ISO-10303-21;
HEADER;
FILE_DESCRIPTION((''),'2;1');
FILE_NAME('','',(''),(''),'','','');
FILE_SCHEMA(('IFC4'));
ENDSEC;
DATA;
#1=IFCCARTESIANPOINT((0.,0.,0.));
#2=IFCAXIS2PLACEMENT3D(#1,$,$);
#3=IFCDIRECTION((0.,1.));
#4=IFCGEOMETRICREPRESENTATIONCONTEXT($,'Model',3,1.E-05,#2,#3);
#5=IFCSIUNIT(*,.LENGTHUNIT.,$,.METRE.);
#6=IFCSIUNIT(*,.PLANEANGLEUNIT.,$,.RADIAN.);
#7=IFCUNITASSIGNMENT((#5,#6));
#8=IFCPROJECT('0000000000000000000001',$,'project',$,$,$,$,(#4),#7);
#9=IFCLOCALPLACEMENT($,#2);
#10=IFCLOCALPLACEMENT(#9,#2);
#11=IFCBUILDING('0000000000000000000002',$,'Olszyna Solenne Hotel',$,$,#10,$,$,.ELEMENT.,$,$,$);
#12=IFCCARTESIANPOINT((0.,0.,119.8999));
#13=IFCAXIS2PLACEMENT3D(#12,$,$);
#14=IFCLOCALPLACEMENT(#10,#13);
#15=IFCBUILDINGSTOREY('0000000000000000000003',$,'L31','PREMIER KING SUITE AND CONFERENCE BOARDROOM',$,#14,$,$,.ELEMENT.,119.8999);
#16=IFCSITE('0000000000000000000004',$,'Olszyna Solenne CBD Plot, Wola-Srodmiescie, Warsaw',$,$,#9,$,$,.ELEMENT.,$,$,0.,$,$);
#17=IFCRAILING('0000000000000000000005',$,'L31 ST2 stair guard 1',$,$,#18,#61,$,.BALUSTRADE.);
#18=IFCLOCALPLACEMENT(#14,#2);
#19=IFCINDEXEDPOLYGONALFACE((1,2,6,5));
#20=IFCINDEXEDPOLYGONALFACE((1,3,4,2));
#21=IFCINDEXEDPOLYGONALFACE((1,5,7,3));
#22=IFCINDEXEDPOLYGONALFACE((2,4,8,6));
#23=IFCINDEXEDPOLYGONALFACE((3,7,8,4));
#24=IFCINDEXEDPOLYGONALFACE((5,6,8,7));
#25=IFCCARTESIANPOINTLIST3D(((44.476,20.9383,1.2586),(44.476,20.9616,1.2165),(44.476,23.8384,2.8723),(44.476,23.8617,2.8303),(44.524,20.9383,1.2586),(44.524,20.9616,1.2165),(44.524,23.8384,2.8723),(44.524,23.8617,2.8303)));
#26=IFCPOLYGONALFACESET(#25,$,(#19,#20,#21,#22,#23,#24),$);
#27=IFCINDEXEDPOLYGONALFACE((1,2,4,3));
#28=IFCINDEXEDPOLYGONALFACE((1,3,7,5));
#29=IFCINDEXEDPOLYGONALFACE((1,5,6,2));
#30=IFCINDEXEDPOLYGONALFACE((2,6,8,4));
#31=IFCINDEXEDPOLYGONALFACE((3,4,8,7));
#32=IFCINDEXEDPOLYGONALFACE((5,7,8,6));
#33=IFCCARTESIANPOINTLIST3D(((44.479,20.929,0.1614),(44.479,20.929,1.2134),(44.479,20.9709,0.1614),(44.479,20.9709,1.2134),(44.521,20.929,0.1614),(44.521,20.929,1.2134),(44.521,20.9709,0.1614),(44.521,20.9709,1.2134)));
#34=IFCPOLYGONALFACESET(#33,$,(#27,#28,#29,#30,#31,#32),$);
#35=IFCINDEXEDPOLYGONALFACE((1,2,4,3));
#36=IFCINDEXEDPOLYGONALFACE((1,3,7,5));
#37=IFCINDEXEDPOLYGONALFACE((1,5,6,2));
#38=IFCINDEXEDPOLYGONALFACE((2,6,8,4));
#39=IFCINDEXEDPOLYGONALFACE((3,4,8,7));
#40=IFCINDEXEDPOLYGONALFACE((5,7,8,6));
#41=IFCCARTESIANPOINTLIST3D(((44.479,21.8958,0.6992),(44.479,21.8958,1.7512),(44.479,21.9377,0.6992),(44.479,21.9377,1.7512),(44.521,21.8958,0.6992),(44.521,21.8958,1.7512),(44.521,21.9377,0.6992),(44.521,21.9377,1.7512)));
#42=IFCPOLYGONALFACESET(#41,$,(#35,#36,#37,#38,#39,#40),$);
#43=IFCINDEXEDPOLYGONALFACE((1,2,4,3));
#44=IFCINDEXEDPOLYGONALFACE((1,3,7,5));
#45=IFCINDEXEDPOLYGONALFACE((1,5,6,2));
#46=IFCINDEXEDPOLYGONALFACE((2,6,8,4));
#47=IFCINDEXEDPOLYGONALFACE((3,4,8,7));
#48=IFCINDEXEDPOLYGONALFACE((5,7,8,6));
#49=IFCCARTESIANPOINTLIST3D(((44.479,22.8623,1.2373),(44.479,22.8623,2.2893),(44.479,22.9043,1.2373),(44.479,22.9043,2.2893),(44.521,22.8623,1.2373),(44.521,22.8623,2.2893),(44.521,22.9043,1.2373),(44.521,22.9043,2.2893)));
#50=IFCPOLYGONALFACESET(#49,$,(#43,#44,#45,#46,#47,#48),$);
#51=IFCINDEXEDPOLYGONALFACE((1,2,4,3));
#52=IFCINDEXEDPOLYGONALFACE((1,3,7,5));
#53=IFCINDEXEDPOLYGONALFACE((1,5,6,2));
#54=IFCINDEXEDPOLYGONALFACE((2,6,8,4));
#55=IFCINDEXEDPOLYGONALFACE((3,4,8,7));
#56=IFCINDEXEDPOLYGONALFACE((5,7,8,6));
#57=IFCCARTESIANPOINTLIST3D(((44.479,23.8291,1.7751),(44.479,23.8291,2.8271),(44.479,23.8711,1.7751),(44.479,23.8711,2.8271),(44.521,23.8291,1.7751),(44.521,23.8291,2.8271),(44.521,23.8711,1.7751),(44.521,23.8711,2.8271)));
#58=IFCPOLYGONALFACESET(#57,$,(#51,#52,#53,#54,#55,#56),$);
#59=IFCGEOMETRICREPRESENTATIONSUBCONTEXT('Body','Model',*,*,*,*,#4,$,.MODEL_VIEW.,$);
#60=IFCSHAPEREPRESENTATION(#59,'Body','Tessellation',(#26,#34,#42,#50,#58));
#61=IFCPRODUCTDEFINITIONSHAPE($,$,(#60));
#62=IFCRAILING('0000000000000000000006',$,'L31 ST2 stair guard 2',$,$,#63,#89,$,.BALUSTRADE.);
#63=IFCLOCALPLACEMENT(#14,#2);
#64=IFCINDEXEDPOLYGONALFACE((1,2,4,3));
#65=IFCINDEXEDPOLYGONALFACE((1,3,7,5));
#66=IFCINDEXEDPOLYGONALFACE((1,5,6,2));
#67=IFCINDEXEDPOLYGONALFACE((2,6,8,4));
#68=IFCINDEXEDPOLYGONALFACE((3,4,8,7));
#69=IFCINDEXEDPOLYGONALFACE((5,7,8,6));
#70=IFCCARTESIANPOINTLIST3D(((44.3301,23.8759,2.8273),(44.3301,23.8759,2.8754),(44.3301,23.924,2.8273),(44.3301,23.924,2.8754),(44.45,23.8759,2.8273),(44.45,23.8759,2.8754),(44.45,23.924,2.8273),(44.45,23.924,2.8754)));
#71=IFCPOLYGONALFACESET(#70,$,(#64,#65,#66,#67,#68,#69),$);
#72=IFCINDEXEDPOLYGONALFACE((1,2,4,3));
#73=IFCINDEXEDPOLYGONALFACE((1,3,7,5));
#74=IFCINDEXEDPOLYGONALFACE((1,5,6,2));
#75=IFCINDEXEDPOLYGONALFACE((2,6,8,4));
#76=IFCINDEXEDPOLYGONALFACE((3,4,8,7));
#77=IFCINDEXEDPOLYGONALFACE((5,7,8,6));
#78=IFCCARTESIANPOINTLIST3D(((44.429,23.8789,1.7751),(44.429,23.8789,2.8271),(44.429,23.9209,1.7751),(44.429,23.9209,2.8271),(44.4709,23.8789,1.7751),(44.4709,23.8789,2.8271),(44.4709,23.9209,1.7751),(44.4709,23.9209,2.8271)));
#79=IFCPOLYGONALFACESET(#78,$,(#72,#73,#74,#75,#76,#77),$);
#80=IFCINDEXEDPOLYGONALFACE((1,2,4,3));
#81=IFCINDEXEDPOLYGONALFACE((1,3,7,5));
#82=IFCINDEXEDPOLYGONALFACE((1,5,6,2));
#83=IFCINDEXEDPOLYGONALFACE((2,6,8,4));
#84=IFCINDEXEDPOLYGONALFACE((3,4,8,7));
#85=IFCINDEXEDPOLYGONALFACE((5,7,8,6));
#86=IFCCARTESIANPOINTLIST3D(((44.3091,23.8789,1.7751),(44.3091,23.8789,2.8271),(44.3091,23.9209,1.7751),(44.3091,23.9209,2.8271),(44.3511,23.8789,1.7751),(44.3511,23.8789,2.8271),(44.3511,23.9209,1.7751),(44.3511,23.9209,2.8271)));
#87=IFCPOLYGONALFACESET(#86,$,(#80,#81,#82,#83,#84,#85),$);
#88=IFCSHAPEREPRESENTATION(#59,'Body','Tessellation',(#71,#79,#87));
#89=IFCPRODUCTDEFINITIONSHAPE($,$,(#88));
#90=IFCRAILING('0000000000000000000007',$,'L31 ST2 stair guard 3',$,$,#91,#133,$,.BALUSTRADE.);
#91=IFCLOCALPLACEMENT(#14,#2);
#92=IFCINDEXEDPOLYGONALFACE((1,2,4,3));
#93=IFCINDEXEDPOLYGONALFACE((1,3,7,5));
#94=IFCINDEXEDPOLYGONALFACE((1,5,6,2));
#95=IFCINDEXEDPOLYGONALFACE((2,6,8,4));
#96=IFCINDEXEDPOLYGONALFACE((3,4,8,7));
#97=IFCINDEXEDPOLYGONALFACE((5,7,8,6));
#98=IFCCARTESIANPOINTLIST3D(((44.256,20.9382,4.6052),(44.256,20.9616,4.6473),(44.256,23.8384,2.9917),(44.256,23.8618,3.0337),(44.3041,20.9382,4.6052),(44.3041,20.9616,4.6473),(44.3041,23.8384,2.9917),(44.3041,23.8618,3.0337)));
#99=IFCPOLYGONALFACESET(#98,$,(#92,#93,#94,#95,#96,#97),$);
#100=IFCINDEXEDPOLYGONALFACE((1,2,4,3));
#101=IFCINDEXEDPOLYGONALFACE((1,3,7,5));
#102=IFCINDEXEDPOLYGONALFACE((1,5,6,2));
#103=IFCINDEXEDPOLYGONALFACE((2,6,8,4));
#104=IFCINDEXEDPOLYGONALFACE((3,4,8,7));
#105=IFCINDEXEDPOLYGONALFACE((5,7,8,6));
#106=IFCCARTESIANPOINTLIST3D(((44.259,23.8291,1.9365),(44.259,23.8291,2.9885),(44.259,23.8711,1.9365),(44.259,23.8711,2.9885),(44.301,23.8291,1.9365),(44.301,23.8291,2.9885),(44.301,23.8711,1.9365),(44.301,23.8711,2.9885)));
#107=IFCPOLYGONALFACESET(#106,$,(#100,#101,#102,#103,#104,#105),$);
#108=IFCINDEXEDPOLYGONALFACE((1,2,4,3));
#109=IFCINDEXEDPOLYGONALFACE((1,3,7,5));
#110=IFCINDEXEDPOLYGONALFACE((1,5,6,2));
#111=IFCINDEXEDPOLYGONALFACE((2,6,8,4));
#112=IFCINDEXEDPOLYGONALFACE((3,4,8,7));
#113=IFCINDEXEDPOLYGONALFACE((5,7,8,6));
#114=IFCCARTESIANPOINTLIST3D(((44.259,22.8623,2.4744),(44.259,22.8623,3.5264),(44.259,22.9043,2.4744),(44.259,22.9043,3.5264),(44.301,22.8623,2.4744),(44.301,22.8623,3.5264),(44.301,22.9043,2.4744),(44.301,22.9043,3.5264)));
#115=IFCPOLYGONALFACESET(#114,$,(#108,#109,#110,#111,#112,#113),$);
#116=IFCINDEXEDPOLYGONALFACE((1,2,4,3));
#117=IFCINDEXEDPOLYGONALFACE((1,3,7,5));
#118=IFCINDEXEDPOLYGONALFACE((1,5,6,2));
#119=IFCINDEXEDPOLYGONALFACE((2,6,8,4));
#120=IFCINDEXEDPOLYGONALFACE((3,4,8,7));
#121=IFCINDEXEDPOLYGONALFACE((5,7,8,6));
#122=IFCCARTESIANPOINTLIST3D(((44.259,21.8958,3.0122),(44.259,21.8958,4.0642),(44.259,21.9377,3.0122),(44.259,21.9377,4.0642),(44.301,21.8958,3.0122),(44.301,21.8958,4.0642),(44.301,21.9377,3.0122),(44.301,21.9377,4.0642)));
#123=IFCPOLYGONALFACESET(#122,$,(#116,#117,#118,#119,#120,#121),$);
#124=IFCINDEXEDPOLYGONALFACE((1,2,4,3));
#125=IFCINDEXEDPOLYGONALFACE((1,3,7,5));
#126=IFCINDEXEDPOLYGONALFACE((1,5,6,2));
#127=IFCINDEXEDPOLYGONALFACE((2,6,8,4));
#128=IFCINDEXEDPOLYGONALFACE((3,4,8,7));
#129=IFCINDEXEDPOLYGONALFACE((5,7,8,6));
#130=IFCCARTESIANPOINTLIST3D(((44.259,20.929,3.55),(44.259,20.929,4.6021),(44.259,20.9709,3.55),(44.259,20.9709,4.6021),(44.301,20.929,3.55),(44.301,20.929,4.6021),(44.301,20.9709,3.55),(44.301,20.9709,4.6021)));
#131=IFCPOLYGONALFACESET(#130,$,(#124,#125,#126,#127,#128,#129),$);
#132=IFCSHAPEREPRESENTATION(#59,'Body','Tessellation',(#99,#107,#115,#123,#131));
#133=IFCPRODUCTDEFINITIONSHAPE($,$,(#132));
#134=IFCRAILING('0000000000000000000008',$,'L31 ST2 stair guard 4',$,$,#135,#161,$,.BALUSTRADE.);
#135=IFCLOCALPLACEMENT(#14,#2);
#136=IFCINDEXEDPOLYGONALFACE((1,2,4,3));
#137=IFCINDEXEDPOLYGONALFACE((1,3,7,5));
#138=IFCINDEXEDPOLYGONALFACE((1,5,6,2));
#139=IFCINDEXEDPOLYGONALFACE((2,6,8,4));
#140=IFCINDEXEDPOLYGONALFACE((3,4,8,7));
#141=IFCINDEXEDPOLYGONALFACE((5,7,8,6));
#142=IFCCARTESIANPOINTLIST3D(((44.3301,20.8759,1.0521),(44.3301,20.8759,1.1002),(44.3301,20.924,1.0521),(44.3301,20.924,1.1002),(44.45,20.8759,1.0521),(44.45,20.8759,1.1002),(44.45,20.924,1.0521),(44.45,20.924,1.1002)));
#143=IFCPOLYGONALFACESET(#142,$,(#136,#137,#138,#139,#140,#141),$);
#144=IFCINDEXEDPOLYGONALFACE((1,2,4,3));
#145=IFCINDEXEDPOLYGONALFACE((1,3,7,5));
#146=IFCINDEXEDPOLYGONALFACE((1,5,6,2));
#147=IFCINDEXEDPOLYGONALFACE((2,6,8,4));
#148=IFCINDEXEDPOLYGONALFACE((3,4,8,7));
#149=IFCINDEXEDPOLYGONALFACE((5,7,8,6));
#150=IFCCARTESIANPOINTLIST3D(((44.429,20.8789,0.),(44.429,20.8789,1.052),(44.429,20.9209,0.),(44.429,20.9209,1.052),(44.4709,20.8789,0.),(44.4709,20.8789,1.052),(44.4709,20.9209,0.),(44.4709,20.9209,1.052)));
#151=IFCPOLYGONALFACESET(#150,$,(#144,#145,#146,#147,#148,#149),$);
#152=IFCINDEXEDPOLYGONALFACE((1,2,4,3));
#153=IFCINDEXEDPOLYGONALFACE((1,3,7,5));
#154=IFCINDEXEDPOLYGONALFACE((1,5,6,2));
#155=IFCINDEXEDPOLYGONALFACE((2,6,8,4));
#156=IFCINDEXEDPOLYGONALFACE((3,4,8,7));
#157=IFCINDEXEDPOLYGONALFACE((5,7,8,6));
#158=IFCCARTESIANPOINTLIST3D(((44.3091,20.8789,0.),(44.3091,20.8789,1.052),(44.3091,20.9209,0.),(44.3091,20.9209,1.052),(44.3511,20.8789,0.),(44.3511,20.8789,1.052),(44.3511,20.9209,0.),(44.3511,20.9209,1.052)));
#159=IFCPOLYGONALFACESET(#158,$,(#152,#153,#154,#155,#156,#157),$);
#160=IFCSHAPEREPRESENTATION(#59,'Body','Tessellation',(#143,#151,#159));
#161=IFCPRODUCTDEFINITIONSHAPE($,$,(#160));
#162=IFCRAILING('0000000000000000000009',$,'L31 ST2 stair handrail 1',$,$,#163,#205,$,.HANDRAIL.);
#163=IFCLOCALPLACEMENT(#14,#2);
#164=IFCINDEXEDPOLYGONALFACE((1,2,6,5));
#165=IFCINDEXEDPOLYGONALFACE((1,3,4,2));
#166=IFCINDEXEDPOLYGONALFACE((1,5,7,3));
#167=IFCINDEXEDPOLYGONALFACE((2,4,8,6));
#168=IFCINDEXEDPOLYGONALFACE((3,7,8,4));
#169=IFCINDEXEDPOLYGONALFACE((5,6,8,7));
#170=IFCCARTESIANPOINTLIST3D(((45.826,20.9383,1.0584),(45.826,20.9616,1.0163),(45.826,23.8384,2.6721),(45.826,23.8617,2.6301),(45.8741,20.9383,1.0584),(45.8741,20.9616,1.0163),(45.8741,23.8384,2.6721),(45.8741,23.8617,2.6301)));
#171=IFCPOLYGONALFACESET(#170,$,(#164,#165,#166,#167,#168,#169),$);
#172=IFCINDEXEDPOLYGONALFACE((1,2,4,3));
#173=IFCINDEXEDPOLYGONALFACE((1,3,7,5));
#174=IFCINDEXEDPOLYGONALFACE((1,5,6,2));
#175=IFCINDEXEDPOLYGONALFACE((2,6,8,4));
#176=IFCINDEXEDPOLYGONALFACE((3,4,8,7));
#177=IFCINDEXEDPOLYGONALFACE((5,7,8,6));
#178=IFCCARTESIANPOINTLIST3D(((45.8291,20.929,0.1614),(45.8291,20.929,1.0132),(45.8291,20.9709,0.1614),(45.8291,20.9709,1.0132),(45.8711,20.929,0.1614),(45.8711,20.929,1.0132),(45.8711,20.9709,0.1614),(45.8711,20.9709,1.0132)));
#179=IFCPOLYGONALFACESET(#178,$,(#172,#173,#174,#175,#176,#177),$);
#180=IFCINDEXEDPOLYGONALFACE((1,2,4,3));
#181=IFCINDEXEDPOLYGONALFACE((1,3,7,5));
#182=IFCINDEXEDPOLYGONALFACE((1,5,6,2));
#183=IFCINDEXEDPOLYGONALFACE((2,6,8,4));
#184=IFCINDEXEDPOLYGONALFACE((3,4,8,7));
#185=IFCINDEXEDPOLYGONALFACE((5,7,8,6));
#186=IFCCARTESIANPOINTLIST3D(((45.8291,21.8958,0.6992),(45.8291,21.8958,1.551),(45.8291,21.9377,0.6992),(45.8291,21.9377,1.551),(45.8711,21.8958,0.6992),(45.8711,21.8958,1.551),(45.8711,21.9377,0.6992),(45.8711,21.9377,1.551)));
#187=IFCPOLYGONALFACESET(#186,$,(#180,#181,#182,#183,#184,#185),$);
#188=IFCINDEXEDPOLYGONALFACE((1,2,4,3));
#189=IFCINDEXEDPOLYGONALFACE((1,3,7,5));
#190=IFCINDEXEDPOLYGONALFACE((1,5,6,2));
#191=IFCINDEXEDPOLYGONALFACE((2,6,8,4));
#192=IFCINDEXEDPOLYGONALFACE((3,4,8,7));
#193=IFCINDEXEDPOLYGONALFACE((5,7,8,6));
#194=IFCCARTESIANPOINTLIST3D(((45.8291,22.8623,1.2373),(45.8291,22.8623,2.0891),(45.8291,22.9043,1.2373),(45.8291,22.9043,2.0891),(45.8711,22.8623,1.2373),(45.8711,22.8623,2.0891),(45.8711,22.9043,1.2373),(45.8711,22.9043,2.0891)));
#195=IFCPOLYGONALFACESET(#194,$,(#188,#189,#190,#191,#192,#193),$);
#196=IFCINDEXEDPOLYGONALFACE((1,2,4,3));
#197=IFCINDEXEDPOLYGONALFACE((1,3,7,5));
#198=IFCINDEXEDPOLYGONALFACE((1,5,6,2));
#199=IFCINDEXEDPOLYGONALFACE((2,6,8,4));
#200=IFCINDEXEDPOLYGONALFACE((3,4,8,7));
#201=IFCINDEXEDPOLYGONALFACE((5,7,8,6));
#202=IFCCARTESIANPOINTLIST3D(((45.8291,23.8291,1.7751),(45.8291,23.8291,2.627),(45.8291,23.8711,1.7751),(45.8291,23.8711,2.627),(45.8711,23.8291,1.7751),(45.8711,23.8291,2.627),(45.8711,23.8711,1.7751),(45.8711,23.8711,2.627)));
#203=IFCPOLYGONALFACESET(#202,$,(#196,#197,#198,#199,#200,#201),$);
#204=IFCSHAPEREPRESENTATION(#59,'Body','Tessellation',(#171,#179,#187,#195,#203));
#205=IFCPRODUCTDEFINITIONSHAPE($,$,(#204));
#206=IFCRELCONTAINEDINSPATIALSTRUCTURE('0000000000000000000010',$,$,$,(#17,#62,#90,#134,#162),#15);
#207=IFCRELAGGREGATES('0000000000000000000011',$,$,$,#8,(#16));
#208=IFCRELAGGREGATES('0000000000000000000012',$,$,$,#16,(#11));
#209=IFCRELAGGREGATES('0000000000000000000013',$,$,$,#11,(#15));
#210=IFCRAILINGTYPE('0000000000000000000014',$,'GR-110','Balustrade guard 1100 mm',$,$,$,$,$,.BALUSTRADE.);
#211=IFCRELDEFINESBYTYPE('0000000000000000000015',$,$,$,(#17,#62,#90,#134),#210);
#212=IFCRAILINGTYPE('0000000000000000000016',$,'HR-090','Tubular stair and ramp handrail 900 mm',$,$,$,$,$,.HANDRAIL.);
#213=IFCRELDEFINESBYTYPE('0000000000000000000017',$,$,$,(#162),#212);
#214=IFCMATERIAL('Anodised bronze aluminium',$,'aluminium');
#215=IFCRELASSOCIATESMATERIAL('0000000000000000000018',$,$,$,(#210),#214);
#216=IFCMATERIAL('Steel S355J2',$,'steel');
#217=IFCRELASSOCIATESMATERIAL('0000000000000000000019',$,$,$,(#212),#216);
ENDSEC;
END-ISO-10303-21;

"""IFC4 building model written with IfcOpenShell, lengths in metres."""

from ifc_helpers import new_model, si_unit, direction, frame, origin, origin_2d, place, context, subcontext, project, spatial, rectangle, extrude, material, type_object, element, save


model = new_model("IFC4")

# Units and contexts
model_context = context("Model", 3, precision=1e-05, world=origin(), true_north=direction((0.0, 1.0)))
body_context = subcontext(model_context, "Body", "Model", "MODEL_VIEW")
ifc_project = project(units=[si_unit("LENGTHUNIT", "METRE"), si_unit("PLANEANGLEUNIT", "RADIAN")], contexts=[model_context])

# Site, building, storey
site_placement = place(None, origin())
site = spatial("IfcSite", under=ifc_project, at=site_placement, Name="Olszyna Solenne CBD Plot, Wola-Srodmiescie, Warsaw", CompositionType="ELEMENT", RefElevation=0.0)
building_placement = place(site_placement, origin())
building = spatial("IfcBuilding", under=site, at=building_placement, Name="Olszyna Solenne Hotel", CompositionType="ELEMENT")
storey_placement = place(building_placement, frame((0.0, 0.0, 119.8999)))
storey = spatial("IfcBuildingStorey", under=building, at=storey_placement, Name="L31", Description="PREMIER KING SUITE AND CONFERENCE BOARDROOM", CompositionType="ELEMENT", Elevation=119.8999)

# Shared definitions
ifc_material_1 = material(Name="Steel S355J2", Category="steel")

# Railings
ifc_material_2 = material(Name="Anodised bronze aluminium", Category="aluminium")
railing_type_1 = type_object("IfcRailingType", Name="GR-110", Description="Balustrade guard 1100 mm", PredefinedType="BALUSTRADE", material=ifc_material_2)
railing_1_placement = place(storey_placement, frame((44.5, 20.95, 0.1614)))
element("IfcRailing", 1, at=railing_1_placement, inside=storey, type_object=railing_type_1, Name="L31 ST2 stair guard 1", PredefinedType="BALUSTRADE", context=body_context, shape_type="SweptSolid", body=[
    extrude(rectangle(XDim=0.0481, YDim=0.0481, at=origin_2d()), frame((0.0, 0.0, 1.0762), z_axis=(0.0, 0.873827, 0.486236), x_axis=(-1.0, 0.0, 0.0)), (0.0, 0.0, 1.0), 3.3188),
    extrude(rectangle(XDim=0.042, YDim=0.042, at=origin_2d()), origin(), (0.0, 0.0, 1.0), 1.052),
    extrude(rectangle(XDim=0.042, YDim=0.042, at=origin_2d()), frame((0.0, 0.9668, 0.5378)), (0.0, 0.0, 1.0), 1.052),
    extrude(rectangle(XDim=0.042, YDim=0.042, at=origin_2d()), frame((0.0, 1.9333, 1.0759)), (0.0, 0.0, 1.0), 1.052),
    extrude(rectangle(XDim=0.042, YDim=0.042, at=origin_2d()), frame((0.0, 2.9001, 1.6138)), (0.0, 0.0, 1.0), 1.052),
])
railing_2_placement = place(storey_placement, frame((44.45, 23.8999, 1.7751)))
element("IfcRailing", 2, at=railing_2_placement, inside=storey, type_object=railing_type_1, Name="L31 ST2 stair guard 2", PredefinedType="BALUSTRADE", context=body_context, shape_type="SweptSolid", body=[
    extrude(rectangle(XDim=0.0481, YDim=0.0481, at=origin_2d()), frame((0.0, 0.0, 1.0762), z_axis=(-1.0, 0.0, 0.0), x_axis=(0.0, -1.0, 0.0)), (0.0, 0.0, 1.0), 0.1199),
    extrude(rectangle(XDim=0.042, YDim=0.042, at=origin_2d()), origin(), (0.0, 0.0, 1.0), 1.052),
    extrude(rectangle(XDim=0.042, YDim=0.042, at=origin_2d()), frame((-0.1199, 0.0, 0.0)), (0.0, 0.0, 1.0), 1.052),
])
railing_3_placement = place(storey_placement, frame((44.28, 23.8501, 1.9365)))
element("IfcRailing", 3, at=railing_3_placement, inside=storey, type_object=railing_type_1, Name="L31 ST2 stair guard 3", PredefinedType="BALUSTRADE", context=body_context, shape_type="SweptSolid", body=[
    extrude(rectangle(XDim=0.0481, YDim=0.0481, at=origin_2d()), frame((0.0, 0.0, 1.0762), z_axis=(0.0, -0.873859, 0.48618), x_axis=(1.0, 0.0, 0.0)), (0.0, 0.0, 1.0), 3.3188),
    extrude(rectangle(XDim=0.042, YDim=0.042, at=origin_2d()), origin(), (0.0, 0.0, 1.0), 1.052),
    extrude(rectangle(XDim=0.042, YDim=0.042, at=origin_2d()), frame((0.0, -0.9668, 0.5378)), (0.0, 0.0, 1.0), 1.052),
    extrude(rectangle(XDim=0.042, YDim=0.042, at=origin_2d()), frame((0.0, -1.9333, 1.0757)), (0.0, 0.0, 1.0), 1.052),
    extrude(rectangle(XDim=0.042, YDim=0.042, at=origin_2d()), frame((0.0, -2.9001, 1.6135)), (0.0, 0.0, 1.0), 1.052),
])
railing_4_placement = place(storey_placement, frame((44.45, 20.8999, 0.0)))
element("IfcRailing", 4, at=railing_4_placement, inside=storey, type_object=railing_type_1, Name="L31 ST2 stair guard 4", PredefinedType="BALUSTRADE", context=body_context, shape_type="SweptSolid", body=[
    extrude(rectangle(XDim=0.0481, YDim=0.0481, at=origin_2d()), frame((0.0, 0.0, 1.0762), z_axis=(-1.0, 0.0, 0.0), x_axis=(0.0, -1.0, 0.0)), (0.0, 0.0, 1.0), 0.1199),
    extrude(rectangle(XDim=0.042, YDim=0.042, at=origin_2d()), origin(), (0.0, 0.0, 1.0), 1.052),
    extrude(rectangle(XDim=0.042, YDim=0.042, at=origin_2d()), frame((-0.1199, 0.0, 0.0)), (0.0, 0.0, 1.0), 1.052),
])
railing_type_2 = type_object("IfcRailingType", Name="HR-090", Description="Tubular stair and ramp handrail 900 mm", PredefinedType="HANDRAIL", material=ifc_material_1)
railing_5_placement = place(storey_placement, frame((45.8501, 20.95, 0.1614)))
element("IfcRailing", 5, at=railing_5_placement, inside=storey, type_object=railing_type_2, Name="L31 ST2 stair handrail 1", PredefinedType="HANDRAIL", context=body_context, shape_type="SweptSolid", body=[
    extrude(rectangle(XDim=0.0481, YDim=0.0481, at=origin_2d()), frame((0.0, 0.0, 0.876), z_axis=(0.0, 0.873827, 0.486236), x_axis=(-1.0, 0.0, 0.0)), (0.0, 0.0, 1.0), 3.3188),
    extrude(rectangle(XDim=0.042, YDim=0.042, at=origin_2d()), origin(), (0.0, 0.0, 1.0), 0.8518),
    extrude(rectangle(XDim=0.042, YDim=0.042, at=origin_2d()), frame((0.0, 0.9668, 0.5378)), (0.0, 0.0, 1.0), 0.8518),
    extrude(rectangle(XDim=0.042, YDim=0.042, at=origin_2d()), frame((0.0, 1.9333, 1.0759)), (0.0, 0.0, 1.0), 0.8518),
    extrude(rectangle(XDim=0.042, YDim=0.042, at=origin_2d()), frame((0.0, 2.9001, 1.6138)), (0.0, 0.0, 1.0), 0.8518),
])

save(model, "model.ifc")
